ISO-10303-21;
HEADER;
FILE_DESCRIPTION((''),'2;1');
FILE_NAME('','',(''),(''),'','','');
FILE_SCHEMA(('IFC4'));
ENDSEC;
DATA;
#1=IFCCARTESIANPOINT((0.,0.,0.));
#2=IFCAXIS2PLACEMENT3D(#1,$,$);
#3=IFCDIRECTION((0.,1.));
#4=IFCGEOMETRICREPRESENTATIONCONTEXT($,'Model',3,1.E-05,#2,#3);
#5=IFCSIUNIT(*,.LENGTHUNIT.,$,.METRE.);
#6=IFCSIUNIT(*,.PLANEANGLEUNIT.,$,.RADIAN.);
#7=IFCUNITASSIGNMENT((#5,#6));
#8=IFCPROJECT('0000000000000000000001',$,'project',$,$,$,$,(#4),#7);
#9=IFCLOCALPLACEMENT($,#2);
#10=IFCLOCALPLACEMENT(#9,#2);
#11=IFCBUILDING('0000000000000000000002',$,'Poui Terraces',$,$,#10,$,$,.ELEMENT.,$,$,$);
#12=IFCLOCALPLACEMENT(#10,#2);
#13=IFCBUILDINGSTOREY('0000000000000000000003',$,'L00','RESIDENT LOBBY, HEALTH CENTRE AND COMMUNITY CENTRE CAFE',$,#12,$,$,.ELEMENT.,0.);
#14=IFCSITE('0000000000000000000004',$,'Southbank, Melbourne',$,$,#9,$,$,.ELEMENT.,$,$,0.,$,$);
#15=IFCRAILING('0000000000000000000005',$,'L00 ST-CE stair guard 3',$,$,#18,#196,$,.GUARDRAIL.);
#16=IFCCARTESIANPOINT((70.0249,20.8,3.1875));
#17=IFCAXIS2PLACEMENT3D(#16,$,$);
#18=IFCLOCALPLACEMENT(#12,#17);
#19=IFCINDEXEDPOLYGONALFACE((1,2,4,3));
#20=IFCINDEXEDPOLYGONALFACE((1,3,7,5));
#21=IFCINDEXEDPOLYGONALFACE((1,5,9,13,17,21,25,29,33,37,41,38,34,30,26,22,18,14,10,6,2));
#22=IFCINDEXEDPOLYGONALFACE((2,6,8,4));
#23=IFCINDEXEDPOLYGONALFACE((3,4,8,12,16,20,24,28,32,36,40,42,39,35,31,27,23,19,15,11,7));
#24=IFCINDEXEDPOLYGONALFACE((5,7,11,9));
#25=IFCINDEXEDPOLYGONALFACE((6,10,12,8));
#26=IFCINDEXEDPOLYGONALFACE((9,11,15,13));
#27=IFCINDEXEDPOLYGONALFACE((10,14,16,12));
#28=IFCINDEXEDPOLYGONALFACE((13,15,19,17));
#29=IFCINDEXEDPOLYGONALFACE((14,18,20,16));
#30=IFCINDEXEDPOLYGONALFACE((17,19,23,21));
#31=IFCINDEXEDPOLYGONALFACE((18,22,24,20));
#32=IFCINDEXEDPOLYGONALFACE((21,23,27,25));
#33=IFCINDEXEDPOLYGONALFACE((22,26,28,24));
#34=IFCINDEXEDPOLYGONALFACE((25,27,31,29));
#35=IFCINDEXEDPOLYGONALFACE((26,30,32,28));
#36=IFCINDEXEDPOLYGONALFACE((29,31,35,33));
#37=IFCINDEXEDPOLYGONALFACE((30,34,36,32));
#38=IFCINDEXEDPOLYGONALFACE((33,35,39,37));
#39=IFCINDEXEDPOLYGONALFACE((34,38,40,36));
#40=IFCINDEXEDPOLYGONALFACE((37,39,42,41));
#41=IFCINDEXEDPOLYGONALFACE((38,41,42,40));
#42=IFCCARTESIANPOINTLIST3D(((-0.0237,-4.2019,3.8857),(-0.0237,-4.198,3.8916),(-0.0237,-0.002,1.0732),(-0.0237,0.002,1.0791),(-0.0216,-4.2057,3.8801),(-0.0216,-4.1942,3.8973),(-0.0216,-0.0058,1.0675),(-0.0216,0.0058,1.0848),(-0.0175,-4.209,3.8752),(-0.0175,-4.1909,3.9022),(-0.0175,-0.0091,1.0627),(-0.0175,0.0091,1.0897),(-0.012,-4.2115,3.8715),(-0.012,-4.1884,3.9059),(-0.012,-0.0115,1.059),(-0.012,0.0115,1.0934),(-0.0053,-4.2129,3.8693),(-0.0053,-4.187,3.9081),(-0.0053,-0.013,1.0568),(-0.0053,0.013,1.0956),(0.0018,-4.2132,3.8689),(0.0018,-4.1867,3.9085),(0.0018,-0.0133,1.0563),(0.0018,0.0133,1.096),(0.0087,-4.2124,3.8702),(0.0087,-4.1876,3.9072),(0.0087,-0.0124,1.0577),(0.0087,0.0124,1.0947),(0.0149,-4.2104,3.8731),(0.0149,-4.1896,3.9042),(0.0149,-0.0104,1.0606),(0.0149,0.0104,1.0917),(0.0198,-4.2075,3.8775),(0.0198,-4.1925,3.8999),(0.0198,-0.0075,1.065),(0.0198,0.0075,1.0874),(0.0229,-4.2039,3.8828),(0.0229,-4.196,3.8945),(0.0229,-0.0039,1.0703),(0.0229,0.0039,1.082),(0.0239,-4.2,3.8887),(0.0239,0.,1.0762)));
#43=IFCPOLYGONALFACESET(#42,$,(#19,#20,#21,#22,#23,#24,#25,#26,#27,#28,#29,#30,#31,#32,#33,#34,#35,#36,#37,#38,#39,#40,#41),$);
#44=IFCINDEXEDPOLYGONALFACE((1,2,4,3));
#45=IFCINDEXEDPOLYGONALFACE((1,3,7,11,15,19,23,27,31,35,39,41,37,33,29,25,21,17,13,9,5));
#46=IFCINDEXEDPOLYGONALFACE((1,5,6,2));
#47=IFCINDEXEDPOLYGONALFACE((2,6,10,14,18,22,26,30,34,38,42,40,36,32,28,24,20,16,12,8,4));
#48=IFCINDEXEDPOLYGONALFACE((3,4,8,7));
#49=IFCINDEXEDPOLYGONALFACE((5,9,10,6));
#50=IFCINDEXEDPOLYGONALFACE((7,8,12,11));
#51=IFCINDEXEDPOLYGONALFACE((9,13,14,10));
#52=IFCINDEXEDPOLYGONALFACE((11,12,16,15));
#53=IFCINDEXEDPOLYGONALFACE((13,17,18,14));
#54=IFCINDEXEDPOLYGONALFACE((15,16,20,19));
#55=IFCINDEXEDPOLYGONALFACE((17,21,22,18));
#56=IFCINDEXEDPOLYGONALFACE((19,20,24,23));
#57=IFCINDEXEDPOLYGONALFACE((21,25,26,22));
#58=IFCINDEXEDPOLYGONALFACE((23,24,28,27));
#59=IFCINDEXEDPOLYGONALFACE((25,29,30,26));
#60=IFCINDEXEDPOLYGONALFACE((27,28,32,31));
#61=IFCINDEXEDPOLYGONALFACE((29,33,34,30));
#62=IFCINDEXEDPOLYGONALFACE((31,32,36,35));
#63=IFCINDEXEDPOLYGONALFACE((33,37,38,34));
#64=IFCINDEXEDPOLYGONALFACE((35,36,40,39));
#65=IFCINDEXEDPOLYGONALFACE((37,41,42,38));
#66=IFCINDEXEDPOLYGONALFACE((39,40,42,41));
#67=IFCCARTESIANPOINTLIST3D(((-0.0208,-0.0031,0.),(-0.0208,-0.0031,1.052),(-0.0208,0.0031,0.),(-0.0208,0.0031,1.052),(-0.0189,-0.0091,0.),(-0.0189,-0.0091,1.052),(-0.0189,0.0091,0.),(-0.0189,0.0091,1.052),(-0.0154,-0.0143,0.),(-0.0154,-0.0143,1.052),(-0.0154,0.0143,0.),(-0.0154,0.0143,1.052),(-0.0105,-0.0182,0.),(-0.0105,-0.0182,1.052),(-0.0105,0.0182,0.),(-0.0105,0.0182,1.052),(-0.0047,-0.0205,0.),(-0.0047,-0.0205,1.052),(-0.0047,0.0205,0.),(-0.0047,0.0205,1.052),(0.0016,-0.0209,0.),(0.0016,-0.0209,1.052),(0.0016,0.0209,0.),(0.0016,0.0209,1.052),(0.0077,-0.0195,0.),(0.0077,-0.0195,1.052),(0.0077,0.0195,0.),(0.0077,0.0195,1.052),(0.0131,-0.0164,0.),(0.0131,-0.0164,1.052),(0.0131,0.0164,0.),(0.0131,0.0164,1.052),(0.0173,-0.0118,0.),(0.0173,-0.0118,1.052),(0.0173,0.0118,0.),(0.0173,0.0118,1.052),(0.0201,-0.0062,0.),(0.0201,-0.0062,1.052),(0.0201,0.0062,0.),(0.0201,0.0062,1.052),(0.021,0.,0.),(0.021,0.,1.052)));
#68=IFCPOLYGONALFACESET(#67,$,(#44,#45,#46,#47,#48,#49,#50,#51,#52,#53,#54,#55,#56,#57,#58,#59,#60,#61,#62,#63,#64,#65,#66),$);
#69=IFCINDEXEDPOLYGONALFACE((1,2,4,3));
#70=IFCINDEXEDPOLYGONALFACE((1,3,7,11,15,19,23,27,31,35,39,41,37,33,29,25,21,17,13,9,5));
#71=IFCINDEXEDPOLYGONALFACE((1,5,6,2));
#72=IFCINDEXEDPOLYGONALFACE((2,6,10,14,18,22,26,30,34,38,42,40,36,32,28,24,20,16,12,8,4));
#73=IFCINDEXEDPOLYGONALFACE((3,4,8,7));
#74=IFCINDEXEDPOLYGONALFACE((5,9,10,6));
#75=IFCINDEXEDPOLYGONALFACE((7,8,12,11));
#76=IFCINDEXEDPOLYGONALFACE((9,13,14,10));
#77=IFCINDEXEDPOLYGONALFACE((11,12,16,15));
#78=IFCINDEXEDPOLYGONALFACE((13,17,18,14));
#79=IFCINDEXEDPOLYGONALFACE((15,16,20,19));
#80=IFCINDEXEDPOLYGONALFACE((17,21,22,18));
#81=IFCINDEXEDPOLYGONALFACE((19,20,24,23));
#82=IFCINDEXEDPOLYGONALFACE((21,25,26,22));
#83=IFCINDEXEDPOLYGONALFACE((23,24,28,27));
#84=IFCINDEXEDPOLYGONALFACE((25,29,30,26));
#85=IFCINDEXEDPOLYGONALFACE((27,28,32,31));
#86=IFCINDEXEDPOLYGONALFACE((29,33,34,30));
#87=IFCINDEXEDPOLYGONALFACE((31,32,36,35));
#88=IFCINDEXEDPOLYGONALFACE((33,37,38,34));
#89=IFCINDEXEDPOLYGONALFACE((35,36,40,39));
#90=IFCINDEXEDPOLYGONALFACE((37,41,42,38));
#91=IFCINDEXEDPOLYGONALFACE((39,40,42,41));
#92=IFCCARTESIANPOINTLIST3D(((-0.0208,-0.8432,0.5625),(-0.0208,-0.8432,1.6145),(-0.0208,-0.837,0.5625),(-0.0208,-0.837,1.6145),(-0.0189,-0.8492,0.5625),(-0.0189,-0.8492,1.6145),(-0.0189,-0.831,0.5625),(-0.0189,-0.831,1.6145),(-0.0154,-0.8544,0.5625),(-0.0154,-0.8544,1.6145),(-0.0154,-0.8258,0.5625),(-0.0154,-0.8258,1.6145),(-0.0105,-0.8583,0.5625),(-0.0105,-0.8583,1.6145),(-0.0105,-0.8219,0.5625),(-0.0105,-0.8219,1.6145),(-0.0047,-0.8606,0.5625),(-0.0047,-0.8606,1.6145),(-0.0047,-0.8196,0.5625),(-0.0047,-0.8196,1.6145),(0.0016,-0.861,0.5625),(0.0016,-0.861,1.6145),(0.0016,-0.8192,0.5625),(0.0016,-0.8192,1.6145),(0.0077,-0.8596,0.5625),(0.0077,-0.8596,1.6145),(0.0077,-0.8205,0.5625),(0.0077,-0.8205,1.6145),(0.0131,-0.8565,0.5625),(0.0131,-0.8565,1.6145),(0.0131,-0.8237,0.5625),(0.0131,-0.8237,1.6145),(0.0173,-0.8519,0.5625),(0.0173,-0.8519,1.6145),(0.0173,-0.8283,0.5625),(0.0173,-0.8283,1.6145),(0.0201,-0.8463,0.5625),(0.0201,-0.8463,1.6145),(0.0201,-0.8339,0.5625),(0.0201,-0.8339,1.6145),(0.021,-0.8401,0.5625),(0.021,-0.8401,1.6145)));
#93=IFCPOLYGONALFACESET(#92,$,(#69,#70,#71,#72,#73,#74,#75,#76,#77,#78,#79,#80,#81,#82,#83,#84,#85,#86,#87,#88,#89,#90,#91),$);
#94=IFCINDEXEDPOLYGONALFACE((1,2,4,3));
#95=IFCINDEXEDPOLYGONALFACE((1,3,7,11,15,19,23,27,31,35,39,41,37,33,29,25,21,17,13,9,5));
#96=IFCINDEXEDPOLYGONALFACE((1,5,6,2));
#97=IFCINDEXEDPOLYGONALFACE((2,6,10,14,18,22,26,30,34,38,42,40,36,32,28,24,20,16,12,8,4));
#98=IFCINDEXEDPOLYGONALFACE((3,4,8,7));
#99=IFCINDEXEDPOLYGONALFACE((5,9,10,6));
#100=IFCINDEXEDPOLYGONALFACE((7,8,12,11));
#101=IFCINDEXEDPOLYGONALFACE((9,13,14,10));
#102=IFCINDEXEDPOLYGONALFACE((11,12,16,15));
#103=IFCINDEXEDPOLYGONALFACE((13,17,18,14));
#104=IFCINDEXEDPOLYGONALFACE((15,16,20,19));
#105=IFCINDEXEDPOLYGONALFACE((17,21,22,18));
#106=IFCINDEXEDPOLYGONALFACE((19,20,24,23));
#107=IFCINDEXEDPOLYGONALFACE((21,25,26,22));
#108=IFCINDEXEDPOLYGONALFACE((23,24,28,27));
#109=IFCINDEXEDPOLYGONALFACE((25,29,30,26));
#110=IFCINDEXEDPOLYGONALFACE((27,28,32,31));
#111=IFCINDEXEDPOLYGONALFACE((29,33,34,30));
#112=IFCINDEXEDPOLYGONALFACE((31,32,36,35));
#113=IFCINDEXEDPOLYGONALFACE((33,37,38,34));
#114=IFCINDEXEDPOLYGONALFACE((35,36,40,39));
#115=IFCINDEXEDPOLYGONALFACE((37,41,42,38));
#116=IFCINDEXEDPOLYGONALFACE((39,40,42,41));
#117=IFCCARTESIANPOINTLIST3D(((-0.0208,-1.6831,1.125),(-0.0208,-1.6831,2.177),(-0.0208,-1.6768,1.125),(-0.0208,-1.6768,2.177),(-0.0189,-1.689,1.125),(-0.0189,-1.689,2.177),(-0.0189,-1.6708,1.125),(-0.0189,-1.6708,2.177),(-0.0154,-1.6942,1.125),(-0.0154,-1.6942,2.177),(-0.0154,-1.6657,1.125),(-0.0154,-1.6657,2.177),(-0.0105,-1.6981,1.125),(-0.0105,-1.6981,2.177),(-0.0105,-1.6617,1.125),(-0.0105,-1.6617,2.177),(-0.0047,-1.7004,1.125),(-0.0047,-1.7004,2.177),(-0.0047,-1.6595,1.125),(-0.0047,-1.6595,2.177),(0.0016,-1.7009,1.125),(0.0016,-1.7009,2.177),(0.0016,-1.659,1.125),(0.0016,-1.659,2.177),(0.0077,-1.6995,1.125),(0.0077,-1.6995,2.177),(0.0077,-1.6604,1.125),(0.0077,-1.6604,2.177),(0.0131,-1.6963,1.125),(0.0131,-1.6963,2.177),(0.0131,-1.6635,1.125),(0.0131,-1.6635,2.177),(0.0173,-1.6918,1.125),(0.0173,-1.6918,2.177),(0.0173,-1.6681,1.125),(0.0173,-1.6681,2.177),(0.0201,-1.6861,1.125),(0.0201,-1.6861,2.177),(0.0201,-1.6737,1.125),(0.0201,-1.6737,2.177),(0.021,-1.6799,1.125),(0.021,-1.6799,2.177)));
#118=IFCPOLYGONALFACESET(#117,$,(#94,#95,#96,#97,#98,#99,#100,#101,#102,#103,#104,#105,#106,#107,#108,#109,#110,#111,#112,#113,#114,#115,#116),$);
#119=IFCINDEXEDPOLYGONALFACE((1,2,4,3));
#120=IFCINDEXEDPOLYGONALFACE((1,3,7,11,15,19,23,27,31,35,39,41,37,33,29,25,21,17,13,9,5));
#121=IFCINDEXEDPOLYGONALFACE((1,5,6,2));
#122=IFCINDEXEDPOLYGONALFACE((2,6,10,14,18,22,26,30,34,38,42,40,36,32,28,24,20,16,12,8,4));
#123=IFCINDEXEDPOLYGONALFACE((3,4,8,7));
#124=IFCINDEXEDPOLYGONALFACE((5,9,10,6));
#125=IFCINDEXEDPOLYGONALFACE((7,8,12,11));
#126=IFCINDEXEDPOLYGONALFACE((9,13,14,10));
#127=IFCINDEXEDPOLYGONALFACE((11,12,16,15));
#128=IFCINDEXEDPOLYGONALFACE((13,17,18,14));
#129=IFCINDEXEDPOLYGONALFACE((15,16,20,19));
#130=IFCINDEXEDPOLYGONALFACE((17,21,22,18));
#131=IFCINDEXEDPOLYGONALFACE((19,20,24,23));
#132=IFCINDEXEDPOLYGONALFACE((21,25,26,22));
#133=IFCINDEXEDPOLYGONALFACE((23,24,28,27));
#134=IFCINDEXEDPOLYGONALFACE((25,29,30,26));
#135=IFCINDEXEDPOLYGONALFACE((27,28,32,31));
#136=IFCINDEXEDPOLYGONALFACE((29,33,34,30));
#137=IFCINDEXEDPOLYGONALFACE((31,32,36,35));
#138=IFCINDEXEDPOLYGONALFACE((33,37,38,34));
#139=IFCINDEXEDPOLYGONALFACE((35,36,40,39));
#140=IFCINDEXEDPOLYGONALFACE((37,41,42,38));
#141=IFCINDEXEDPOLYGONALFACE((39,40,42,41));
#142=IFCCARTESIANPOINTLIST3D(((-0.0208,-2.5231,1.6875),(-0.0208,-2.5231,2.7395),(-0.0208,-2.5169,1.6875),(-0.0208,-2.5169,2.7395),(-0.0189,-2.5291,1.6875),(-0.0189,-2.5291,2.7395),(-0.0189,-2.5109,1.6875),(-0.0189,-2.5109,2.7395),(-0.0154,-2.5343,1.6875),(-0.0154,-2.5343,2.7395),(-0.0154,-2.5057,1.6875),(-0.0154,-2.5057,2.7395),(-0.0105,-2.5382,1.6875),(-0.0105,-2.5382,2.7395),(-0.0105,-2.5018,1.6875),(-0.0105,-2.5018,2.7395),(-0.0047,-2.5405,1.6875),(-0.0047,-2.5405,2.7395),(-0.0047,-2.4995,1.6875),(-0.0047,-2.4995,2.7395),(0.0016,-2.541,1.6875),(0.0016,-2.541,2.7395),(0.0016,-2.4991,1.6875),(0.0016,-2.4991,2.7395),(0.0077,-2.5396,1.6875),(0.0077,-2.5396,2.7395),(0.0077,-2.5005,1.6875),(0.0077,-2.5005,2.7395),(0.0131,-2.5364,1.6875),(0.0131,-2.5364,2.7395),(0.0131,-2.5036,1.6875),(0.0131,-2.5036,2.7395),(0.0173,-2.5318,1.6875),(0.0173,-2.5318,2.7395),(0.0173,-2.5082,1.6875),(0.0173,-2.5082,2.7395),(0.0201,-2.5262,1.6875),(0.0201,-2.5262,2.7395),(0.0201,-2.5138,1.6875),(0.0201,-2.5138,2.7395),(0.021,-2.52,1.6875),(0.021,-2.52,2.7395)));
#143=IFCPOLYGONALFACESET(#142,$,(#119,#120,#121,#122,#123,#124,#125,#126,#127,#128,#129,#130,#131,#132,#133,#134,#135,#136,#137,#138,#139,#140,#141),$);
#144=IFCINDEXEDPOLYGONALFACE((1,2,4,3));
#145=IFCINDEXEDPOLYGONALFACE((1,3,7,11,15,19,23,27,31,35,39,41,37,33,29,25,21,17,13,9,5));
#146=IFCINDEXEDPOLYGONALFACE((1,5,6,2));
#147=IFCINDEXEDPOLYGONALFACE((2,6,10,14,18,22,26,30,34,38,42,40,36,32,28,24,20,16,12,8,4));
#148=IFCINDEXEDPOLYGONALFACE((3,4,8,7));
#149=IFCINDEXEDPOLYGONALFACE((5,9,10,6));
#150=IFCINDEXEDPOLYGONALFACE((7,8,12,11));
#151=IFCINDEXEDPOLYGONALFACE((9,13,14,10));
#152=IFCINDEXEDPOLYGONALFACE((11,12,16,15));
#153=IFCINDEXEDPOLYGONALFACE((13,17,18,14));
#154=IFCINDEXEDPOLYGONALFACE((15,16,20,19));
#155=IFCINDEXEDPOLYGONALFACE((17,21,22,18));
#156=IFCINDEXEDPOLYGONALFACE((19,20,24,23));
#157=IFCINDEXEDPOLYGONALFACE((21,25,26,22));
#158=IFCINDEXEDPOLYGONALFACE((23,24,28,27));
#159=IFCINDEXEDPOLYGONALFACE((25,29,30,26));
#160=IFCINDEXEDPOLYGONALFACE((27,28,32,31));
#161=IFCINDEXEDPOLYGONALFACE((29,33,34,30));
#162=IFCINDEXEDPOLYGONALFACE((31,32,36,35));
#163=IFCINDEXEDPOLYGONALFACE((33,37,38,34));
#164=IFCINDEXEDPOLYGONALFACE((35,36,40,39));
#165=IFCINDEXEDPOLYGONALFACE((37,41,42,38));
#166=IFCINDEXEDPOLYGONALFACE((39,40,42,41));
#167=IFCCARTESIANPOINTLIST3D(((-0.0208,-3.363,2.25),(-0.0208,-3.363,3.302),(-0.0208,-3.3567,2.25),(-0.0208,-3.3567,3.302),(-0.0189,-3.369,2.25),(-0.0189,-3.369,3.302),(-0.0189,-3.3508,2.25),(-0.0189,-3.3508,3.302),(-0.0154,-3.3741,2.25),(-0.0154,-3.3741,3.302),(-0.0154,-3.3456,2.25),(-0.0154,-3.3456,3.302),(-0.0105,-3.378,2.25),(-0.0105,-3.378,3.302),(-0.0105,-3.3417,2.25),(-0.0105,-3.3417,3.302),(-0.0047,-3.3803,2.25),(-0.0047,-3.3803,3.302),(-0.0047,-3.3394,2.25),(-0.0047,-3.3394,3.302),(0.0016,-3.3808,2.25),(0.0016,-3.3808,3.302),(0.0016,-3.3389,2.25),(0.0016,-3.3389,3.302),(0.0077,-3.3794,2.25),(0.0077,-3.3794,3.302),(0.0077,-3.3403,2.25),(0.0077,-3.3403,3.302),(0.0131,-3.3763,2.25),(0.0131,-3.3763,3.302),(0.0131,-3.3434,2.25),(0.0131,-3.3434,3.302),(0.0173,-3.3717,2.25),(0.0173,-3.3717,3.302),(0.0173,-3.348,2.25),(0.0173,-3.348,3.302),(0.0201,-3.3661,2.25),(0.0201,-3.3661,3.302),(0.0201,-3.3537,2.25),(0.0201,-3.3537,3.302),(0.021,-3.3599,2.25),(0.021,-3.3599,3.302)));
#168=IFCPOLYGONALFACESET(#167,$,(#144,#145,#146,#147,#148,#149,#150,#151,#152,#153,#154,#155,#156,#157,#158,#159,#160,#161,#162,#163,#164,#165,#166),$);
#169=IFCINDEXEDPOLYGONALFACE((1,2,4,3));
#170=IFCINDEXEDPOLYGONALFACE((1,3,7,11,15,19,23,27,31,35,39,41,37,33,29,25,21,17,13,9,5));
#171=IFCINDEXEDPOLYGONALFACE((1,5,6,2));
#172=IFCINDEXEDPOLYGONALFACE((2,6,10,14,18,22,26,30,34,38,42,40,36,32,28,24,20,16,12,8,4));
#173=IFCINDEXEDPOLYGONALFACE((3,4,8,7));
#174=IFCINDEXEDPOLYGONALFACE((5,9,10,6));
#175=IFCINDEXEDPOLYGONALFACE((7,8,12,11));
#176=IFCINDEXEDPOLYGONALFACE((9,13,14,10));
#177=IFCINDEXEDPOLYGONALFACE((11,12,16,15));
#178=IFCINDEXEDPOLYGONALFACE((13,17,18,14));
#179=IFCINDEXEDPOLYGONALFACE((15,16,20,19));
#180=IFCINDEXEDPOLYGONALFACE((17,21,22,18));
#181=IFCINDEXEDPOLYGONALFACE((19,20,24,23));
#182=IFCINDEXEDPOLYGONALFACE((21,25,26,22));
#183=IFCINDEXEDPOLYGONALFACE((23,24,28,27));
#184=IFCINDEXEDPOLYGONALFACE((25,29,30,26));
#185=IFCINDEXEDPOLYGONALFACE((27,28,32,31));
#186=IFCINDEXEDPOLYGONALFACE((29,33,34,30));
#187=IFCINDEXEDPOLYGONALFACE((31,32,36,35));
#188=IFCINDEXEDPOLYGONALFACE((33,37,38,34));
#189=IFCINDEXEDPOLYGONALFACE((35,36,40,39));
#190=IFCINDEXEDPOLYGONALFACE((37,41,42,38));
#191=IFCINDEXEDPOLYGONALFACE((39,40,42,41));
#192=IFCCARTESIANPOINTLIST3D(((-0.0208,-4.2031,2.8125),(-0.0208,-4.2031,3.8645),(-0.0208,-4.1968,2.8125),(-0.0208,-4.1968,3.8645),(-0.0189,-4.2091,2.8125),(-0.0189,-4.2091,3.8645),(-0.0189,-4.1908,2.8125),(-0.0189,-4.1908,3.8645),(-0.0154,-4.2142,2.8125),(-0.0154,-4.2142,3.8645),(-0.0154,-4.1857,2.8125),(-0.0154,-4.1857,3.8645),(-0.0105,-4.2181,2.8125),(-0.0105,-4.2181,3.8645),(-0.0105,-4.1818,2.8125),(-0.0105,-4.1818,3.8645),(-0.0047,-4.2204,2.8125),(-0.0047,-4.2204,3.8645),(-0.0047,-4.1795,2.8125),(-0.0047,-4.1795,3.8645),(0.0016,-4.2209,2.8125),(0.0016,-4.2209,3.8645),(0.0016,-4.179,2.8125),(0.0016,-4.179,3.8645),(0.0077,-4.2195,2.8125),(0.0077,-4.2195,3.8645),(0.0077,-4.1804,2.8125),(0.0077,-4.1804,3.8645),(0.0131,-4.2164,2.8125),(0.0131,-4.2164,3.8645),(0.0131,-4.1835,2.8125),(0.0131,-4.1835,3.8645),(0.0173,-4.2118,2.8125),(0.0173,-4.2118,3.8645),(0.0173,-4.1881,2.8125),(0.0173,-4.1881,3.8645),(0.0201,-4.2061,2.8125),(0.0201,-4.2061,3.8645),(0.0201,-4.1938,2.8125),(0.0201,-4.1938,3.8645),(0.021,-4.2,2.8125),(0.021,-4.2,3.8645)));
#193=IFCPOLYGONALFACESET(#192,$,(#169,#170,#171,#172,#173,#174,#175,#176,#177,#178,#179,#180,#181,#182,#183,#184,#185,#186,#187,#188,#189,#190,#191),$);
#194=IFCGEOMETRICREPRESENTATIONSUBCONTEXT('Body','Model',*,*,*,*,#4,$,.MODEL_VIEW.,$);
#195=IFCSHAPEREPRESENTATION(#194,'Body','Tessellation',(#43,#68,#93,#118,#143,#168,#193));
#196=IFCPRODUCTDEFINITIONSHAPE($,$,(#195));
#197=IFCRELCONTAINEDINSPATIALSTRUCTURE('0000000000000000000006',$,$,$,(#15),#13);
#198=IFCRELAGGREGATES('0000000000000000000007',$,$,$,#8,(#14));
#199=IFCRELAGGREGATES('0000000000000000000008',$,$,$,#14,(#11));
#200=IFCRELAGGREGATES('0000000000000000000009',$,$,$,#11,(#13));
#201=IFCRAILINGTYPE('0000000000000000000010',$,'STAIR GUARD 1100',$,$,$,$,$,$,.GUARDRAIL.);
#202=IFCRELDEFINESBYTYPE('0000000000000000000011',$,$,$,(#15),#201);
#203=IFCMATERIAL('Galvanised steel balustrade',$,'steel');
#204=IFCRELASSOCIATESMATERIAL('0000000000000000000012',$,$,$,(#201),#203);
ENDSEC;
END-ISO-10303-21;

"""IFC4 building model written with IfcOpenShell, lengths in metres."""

from ifc_helpers import new_model, si_unit, direction, frame, origin, origin_2d, place, context, subcontext, project, spatial, circle, extrude, material, type_object, element, save


model = new_model("IFC4")

# Units and contexts
model_context = context("Model", 3, precision=1e-05, world=origin(), true_north=direction((0.0, 1.0)))
body_context = subcontext(model_context, "Body", "Model", "MODEL_VIEW")
ifc_project = project(units=[si_unit("LENGTHUNIT", "METRE"), si_unit("PLANEANGLEUNIT", "RADIAN")], contexts=[model_context])

# Site, building, storey
site_placement = place(None, origin())
site = spatial("IfcSite", under=ifc_project, at=site_placement, Name="Southbank, Melbourne", CompositionType="ELEMENT", RefElevation=0.0)
building_placement = place(site_placement, origin())
building = spatial("IfcBuilding", under=site, at=building_placement, Name="Poui Terraces", CompositionType="ELEMENT")
storey_placement = place(building_placement, origin())
storey = spatial("IfcBuildingStorey", under=building, at=storey_placement, Name="L00", Description="RESIDENT LOBBY, HEALTH CENTRE AND COMMUNITY CENTRE CAFE", CompositionType="ELEMENT", Elevation=0.0)

# Railing
ifc_material_1 = material(Name="Galvanised steel balustrade", Category="steel")
railing_type_1 = type_object("IfcRailingType", Name="STAIR GUARD 1100", PredefinedType="GUARDRAIL", material=ifc_material_1)
railing_1_placement = place(storey_placement, frame((70.0249, 20.8, 3.1875)))
element("IfcRailing", 1, at=railing_1_placement, inside=storey, type_object=railing_type_1, Name="L00 ST-CE stair guard 3", PredefinedType="GUARDRAIL", context=body_context, shape_type="SweptSolid", body=[
    extrude(circle(Radius=0.0239, at=origin_2d()), frame((0.0, 0.0, 1.0762), z_axis=(0.0, -0.830904, 0.556416), x_axis=(1.0, 0.0, 0.0)), (0.0, 0.0, 1.0), 5.0547),
    extrude(circle(Radius=0.021, at=origin_2d()), origin(), (0.0, 0.0, 1.0), 1.052),
    extrude(circle(Radius=0.021, at=origin_2d()), frame((0.0, -0.8401, 0.5625)), (0.0, 0.0, 1.0), 1.052),
    extrude(circle(Radius=0.021, at=origin_2d()), frame((0.0, -1.6799, 1.125)), (0.0, 0.0, 1.0), 1.052),
    extrude(circle(Radius=0.021, at=origin_2d()), frame((0.0, -2.52, 1.6875)), (0.0, 0.0, 1.0), 1.052),
    extrude(circle(Radius=0.021, at=origin_2d()), frame((0.0, -3.3599, 2.25)), (0.0, 0.0, 1.0), 1.052),
    extrude(circle(Radius=0.021, at=origin_2d()), frame((0.0, -4.2, 2.8125)), (0.0, 0.0, 1.0), 1.052),
])

save(model, "model.ifc")
